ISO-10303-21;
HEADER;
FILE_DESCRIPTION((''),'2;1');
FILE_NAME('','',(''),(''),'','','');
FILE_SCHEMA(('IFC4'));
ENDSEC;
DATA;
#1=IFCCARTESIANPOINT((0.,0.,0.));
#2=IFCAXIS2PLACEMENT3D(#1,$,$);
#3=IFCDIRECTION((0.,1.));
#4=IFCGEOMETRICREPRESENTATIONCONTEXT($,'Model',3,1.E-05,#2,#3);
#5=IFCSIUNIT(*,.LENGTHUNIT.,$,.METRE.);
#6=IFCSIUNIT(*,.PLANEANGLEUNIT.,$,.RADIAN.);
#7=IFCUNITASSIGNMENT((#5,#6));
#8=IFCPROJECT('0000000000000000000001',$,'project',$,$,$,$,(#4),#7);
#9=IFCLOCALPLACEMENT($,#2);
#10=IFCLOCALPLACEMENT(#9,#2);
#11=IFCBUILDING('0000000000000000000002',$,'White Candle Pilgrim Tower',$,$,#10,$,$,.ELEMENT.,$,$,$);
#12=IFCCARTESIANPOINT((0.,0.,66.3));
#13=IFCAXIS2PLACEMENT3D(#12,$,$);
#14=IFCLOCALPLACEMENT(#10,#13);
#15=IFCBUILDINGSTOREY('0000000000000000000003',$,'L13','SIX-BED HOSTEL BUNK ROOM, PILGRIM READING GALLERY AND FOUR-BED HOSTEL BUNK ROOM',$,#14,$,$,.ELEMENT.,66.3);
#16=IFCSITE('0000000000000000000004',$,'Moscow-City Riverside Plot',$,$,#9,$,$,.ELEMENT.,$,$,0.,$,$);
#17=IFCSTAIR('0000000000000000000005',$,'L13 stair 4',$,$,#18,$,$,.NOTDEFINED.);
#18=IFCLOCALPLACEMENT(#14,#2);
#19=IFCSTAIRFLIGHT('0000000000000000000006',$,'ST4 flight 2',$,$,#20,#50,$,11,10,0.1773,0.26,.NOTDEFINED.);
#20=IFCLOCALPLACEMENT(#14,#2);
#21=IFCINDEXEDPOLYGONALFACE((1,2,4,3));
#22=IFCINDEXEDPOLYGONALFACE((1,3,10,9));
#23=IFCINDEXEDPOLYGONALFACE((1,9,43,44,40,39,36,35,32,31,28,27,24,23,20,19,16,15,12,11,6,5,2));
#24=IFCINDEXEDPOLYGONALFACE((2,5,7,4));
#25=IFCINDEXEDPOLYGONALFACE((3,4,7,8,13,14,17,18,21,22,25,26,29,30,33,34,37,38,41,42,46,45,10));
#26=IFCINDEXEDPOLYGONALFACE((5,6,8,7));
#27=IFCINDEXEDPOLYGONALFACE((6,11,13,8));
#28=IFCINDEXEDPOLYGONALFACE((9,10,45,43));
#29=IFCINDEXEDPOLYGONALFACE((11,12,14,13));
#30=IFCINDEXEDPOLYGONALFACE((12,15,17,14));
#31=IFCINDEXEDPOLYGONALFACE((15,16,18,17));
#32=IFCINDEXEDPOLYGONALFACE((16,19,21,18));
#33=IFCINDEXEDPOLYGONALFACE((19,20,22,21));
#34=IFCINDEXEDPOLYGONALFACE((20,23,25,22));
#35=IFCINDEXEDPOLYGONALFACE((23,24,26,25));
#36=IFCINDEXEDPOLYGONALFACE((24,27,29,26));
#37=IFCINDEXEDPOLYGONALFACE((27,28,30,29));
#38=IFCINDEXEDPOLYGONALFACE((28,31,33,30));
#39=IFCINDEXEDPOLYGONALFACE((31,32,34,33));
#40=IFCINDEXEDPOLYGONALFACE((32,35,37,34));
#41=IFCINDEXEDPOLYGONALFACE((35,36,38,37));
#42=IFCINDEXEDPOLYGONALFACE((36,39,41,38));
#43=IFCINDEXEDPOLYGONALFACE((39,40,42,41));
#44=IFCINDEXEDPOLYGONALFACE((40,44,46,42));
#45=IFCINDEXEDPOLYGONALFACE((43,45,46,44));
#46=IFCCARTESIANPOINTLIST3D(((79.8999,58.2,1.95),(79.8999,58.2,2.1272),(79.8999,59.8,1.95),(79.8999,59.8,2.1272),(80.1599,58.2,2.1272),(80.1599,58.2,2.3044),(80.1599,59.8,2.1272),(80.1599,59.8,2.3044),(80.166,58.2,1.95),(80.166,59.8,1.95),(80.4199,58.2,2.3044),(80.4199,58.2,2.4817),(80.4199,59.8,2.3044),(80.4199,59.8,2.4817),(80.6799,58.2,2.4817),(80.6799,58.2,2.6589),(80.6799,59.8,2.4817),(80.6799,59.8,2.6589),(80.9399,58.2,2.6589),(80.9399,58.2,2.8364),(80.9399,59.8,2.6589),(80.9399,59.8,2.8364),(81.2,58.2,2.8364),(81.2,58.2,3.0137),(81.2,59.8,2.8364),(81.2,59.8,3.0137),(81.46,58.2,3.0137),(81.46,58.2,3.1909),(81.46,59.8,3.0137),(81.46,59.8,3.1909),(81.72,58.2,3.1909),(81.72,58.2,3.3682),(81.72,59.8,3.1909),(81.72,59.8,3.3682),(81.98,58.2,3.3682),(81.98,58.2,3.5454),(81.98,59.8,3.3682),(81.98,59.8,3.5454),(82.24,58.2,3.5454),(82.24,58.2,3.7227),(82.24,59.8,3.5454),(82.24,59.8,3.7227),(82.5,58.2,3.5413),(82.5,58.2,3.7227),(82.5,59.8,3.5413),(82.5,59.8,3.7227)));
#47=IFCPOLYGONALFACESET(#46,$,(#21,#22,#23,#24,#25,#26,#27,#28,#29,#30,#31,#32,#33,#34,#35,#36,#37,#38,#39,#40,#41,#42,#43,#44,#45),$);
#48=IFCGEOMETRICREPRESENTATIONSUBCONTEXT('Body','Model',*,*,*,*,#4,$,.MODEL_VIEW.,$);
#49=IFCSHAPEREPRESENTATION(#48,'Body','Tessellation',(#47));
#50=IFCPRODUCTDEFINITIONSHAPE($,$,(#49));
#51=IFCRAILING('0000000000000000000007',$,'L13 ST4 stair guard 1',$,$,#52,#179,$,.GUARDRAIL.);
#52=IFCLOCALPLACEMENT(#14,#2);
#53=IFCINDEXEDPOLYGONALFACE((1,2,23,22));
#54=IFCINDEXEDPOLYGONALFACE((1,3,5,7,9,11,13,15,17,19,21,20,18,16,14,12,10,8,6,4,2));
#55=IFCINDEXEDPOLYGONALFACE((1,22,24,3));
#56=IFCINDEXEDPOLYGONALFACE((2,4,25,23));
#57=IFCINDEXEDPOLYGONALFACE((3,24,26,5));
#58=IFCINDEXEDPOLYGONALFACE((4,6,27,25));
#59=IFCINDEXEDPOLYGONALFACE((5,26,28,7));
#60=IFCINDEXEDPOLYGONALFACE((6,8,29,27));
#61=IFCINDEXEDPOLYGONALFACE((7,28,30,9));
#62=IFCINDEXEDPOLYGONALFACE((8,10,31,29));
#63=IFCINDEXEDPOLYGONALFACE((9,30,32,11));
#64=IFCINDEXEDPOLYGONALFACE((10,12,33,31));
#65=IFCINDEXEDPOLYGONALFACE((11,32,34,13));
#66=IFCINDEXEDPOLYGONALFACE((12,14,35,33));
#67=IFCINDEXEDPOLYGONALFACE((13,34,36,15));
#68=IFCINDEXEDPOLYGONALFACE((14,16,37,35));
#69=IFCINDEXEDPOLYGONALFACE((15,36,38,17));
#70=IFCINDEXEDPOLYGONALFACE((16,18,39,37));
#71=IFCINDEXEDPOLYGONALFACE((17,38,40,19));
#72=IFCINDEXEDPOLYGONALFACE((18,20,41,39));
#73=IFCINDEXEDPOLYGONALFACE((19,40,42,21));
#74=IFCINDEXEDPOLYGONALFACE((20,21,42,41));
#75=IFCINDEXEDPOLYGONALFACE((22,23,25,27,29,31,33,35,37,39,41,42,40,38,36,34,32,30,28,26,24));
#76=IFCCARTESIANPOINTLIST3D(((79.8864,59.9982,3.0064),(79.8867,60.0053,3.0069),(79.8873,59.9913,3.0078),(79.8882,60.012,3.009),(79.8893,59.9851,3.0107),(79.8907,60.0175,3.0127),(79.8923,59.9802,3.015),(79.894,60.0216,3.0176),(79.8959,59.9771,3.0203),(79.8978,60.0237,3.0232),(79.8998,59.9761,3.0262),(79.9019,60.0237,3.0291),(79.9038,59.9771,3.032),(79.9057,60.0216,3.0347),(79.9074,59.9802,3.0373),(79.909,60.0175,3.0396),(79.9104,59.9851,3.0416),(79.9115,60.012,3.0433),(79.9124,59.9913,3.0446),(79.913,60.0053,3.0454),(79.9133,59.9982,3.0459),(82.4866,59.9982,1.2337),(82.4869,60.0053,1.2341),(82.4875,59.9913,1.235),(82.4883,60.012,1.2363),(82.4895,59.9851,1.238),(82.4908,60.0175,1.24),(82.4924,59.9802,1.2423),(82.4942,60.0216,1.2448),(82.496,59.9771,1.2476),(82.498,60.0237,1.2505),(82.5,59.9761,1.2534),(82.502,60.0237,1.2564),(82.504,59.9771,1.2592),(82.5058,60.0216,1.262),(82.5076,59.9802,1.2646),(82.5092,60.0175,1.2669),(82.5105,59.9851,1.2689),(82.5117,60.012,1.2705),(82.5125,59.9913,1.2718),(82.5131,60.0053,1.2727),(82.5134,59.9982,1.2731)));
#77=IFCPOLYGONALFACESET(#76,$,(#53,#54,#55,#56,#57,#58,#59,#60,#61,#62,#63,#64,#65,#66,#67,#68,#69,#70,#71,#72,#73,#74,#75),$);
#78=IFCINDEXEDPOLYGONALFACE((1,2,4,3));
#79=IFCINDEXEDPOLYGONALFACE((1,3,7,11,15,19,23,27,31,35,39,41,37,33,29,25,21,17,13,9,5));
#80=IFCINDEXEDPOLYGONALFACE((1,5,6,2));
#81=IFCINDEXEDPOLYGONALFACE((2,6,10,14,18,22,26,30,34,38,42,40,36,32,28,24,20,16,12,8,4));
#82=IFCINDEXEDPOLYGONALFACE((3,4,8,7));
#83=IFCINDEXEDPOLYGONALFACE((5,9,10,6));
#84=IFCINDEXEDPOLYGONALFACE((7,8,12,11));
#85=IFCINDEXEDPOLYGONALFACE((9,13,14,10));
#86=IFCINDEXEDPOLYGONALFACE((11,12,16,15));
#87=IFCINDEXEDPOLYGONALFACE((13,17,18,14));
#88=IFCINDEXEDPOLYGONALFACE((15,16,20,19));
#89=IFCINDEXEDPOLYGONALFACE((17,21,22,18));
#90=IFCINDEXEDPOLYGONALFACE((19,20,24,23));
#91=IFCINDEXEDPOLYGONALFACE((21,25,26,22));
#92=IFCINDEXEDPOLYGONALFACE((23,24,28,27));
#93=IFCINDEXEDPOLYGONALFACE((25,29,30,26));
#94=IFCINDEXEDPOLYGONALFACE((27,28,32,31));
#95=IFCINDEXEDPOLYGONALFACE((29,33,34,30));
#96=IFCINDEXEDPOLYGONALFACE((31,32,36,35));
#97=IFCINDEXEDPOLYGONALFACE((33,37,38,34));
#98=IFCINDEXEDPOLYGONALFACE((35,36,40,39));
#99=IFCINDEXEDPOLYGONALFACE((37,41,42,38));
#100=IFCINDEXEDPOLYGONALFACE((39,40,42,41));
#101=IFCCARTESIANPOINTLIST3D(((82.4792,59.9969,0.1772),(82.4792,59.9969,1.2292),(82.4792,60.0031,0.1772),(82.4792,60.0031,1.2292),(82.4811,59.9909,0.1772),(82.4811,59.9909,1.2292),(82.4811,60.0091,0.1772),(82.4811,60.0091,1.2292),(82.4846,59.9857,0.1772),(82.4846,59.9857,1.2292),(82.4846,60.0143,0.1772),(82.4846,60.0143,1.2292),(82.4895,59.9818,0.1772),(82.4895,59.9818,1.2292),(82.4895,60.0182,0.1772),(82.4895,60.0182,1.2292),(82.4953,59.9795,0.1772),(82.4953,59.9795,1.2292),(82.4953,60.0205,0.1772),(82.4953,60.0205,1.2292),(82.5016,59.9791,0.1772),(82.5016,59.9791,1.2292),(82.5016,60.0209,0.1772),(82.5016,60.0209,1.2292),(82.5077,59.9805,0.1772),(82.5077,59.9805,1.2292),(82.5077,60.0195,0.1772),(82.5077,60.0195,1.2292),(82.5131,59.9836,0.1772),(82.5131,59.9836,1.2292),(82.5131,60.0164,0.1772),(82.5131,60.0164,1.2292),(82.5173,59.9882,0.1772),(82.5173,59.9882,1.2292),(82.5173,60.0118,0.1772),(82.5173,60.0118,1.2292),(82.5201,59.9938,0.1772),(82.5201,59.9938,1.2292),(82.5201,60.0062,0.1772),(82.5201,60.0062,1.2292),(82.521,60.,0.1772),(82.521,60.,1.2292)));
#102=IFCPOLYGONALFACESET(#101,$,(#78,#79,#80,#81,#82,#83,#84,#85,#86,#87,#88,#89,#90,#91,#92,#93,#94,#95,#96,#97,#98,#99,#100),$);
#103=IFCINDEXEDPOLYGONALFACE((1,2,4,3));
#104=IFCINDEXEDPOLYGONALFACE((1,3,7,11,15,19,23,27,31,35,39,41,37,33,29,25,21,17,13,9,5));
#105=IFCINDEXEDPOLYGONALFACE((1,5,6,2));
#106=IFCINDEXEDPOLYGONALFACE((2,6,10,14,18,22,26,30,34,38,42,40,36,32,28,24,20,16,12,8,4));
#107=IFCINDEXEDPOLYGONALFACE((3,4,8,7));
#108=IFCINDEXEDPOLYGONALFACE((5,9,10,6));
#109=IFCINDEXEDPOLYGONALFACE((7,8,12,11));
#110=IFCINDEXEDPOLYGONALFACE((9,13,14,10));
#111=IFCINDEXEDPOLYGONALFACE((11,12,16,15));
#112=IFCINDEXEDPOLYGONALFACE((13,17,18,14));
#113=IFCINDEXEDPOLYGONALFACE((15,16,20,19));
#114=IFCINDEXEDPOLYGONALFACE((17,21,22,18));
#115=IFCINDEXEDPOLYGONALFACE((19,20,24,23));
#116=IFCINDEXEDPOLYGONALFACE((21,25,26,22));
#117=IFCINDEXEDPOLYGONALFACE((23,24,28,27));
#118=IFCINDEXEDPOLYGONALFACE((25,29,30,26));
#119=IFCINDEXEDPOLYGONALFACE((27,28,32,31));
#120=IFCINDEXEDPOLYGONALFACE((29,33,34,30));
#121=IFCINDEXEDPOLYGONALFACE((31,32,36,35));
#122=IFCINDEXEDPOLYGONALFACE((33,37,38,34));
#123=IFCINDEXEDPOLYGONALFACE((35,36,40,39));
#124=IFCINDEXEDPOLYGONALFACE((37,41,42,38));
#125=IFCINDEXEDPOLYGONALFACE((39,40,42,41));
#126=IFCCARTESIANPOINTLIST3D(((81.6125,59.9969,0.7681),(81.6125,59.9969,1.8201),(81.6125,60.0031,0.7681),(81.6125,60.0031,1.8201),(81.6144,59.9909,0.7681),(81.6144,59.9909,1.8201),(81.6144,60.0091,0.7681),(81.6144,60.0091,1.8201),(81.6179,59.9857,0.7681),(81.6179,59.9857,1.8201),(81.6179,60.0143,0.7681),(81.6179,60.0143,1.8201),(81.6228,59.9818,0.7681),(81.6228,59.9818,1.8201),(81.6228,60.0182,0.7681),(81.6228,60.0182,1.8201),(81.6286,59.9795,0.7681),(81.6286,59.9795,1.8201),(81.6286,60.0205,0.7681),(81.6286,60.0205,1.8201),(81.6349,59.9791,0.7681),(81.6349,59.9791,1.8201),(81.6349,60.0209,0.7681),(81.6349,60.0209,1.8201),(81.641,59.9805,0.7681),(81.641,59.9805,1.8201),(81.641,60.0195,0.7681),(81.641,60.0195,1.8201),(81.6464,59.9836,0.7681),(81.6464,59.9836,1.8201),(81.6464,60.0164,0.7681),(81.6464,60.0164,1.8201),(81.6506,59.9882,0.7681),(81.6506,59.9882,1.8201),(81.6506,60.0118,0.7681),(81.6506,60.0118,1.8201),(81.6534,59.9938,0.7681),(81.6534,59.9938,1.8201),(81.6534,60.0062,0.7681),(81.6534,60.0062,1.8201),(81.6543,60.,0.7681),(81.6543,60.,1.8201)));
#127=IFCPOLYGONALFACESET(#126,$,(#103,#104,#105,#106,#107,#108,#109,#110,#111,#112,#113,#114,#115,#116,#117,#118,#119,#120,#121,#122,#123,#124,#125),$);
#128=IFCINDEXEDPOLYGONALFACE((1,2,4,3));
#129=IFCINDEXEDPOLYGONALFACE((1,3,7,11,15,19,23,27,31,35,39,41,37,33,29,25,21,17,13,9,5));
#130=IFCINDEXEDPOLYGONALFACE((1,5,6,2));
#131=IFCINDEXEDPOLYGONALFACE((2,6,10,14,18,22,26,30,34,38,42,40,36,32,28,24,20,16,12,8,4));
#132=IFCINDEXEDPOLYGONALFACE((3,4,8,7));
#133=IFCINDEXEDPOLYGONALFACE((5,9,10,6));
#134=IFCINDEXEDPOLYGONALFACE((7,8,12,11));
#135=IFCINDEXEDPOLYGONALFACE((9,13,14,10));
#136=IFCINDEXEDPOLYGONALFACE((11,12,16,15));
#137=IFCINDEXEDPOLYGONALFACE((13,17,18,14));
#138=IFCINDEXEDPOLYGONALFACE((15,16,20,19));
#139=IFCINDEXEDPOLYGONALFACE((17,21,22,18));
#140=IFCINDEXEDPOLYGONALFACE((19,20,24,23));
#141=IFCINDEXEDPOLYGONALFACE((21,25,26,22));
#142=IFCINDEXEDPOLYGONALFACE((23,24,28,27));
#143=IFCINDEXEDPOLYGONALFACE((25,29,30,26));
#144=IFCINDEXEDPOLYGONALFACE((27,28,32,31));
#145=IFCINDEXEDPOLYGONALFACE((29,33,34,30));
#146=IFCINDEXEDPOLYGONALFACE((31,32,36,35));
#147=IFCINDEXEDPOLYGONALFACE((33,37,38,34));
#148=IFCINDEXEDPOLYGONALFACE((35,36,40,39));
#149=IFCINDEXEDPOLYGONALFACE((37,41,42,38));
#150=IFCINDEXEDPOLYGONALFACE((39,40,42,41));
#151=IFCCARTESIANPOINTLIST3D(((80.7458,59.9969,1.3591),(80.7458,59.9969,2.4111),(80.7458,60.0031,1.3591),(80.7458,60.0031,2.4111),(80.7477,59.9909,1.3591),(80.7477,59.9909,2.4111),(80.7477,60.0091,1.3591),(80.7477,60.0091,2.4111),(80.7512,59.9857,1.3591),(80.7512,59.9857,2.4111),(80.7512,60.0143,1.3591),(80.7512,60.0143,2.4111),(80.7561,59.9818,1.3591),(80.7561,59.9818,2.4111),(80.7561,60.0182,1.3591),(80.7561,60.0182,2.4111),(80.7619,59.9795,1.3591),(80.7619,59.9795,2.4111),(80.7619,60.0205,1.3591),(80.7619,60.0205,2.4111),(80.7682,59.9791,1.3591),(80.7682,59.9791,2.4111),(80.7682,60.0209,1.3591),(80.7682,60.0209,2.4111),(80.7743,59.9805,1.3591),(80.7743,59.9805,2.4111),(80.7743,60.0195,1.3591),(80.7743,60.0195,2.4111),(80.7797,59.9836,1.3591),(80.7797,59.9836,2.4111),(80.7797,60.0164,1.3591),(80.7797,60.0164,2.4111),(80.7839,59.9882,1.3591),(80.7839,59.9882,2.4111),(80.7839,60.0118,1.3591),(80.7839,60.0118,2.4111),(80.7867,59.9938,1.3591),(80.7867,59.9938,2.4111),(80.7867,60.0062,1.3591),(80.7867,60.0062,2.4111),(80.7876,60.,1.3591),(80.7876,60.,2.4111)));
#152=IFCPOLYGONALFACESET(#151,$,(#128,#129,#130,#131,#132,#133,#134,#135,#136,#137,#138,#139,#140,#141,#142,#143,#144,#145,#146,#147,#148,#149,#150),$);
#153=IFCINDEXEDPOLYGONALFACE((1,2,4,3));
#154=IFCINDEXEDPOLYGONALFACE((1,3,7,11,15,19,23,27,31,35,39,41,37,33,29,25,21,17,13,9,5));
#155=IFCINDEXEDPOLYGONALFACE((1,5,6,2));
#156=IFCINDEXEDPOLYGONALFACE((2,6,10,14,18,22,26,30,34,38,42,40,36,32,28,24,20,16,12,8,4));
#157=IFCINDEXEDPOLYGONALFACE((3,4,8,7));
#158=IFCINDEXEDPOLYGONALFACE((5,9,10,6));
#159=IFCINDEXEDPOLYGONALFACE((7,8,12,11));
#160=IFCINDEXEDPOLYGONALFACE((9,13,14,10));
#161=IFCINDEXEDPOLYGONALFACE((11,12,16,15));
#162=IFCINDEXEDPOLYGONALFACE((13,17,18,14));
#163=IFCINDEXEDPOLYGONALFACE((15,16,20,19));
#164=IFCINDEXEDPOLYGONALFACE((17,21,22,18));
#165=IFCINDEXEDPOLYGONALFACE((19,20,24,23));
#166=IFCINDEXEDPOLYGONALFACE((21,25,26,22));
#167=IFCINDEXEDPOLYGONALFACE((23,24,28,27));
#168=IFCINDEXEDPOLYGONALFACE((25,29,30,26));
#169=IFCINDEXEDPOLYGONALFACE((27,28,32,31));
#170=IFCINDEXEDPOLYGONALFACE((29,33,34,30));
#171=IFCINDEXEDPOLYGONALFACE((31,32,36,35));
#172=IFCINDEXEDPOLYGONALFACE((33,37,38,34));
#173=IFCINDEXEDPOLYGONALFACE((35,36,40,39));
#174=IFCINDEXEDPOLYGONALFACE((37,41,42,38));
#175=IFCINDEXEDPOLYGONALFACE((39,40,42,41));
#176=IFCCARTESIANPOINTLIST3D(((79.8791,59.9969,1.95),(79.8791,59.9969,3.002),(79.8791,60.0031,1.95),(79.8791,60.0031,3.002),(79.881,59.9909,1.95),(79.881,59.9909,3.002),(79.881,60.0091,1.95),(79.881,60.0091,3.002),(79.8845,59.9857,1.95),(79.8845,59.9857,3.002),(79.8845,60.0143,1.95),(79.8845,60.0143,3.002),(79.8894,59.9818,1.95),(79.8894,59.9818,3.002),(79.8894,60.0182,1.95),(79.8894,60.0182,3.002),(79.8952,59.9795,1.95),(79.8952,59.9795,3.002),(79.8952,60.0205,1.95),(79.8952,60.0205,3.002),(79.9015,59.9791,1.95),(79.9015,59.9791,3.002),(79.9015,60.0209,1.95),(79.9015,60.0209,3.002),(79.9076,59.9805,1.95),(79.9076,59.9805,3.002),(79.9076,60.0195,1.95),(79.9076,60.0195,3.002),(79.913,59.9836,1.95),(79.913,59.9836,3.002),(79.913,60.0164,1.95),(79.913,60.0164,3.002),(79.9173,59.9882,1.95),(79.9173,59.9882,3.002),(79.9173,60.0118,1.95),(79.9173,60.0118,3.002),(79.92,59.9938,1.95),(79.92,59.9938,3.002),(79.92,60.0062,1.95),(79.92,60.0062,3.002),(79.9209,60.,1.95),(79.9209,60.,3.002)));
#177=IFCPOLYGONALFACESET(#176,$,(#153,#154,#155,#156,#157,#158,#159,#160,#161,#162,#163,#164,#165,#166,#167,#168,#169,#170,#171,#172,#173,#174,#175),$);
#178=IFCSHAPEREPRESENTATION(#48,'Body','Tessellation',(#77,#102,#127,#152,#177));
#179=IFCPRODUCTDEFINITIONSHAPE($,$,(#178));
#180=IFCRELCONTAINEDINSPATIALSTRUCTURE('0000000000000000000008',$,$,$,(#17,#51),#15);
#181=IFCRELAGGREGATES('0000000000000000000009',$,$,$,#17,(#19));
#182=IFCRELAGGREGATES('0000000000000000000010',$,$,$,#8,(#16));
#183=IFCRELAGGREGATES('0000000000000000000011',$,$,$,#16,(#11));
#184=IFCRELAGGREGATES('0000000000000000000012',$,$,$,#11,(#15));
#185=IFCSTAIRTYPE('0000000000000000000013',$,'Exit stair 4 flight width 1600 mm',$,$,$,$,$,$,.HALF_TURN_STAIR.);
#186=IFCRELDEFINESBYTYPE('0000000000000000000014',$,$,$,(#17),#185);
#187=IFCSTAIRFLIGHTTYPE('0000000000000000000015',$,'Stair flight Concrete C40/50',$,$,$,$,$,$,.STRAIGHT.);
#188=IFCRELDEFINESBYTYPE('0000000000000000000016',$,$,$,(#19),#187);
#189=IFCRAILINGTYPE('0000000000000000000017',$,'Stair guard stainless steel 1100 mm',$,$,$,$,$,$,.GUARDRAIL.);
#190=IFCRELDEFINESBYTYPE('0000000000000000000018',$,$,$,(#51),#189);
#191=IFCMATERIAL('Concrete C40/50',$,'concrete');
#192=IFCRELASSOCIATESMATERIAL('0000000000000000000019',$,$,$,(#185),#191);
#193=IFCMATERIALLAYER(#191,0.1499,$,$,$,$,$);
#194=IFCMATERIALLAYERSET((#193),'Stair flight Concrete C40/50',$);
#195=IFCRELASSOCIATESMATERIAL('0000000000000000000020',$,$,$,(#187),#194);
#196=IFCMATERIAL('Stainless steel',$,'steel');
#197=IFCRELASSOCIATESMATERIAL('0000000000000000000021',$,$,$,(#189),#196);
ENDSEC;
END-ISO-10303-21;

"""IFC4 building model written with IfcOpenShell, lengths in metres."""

from ifc_helpers import new_model, si_unit, direction, frame, origin, origin_2d, place, context, subcontext, project, spatial, polyline, circle, outline, extrude, material, layer, layer_set, type_object, element, aggregate, save


model = new_model("IFC4")

# Units and contexts
model_context = context("Model", 3, precision=1e-05, world=origin(), true_north=direction((0.0, 1.0)))
body_context = subcontext(model_context, "Body", "Model", "MODEL_VIEW")
ifc_project = project(units=[si_unit("LENGTHUNIT", "METRE"), si_unit("PLANEANGLEUNIT", "RADIAN")], contexts=[model_context])

# Site, building, storey
site_placement = place(None, origin())
site = spatial("IfcSite", under=ifc_project, at=site_placement, Name="Moscow-City Riverside Plot", CompositionType="ELEMENT", RefElevation=0.0)
building_placement = place(site_placement, origin())
building = spatial("IfcBuilding", under=site, at=building_placement, Name="White Candle Pilgrim Tower", CompositionType="ELEMENT")
storey_placement = place(building_placement, frame((0.0, 0.0, 66.3)))
storey = spatial("IfcBuildingStorey", under=building, at=storey_placement, Name="L13", Description="SIX-BED HOSTEL BUNK ROOM, PILGRIM READING GALLERY AND FOUR-BED HOSTEL BUNK ROOM", CompositionType="ELEMENT", Elevation=66.3)

# Stair, stair flight
ifc_material_1 = material(Name="Concrete C40/50", Category="concrete")
stair_type = type_object("IfcStairType", Name="Exit stair 4 flight width 1600 mm", PredefinedType="HALF_TURN_STAIR", material=ifc_material_1)
stair_placement = place(storey_placement, origin())
stair = element("IfcStair", 1, at=stair_placement, inside=storey, type_object=stair_type, Name="L13 stair 4", PredefinedType="NOTDEFINED")
ifc_layer_1 = layer(ifc_material_1, 0.1499)
ifc_layer_set_1 = layer_set([ifc_layer_1], Name="Stair flight Concrete C40/50")
stair_flight_type = type_object("IfcStairFlightType", Name="Stair flight Concrete C40/50", PredefinedType="STRAIGHT", material=ifc_layer_set_1)
stair_flight_placement = place(storey_placement, frame((79.8999, 59.0, 1.95), z_axis=(0.0, 0.0, 1.0), x_axis=(1.0, 0.0, 0.0)))
stair_flight = element("IfcStairFlight", 2, at=stair_flight_placement, type_object=stair_flight_type, Name="ST4 flight 2", NumberOfRisers=11, NumberOfTreads=10, PredefinedType="NOTDEFINED", RiserHeight=0.1773, TreadLength=0.26, context=body_context, shape_type="SweptSolid", body=[
    extrude(outline(polyline([(0.0, 0.0), (0.0, 0.1772), (0.26, 0.1772), (0.26, 0.3545), (0.52, 0.3545), (0.52, 0.5317), (0.78, 0.5317), (0.78, 0.709), (1.04, 0.709), (1.04, 0.8865), (1.3, 0.8865), (1.3, 1.0637), (1.5601, 1.0637), (1.5601, 1.241), (1.8201, 1.241), (1.8201, 1.4182), (2.0801, 1.4182), (2.0801, 1.5955), (2.3401, 1.5955), (2.3401, 1.7727), (2.6001, 1.7727), (2.6001, 1.95), (2.6001, 1.5913), (0.2661, 0.0), (0.0, 0.0)])), frame((0.0, 0.8, 0.0), z_axis=(0.0, -1.0, 0.0), x_axis=(1.0, 0.0, 0.0)), (0.0, 0.0, 1.0), 1.6001),
])
aggregate(stair, [stair_flight])

# Railing
ifc_material_2 = material(Name="Stainless steel", Category="steel")
railing_type_1 = type_object("IfcRailingType", Name="Stair guard stainless steel 1100 mm", PredefinedType="GUARDRAIL", material=ifc_material_2)
railing_1_placement = place(storey_placement, frame((82.5, 60.0, 0.1772)))
element("IfcRailing", 3, at=railing_1_placement, inside=storey, type_object=railing_type_1, Name="L13 ST4 stair guard 1", PredefinedType="GUARDRAIL", context=body_context, shape_type="SweptSolid", body=[
    extrude(circle(Radius=0.0239, at=origin_2d()), frame((0.0, 0.0, 1.0762), z_axis=(-0.82624, 0.0, 0.563318), x_axis=(0.0, -1.0, 0.0)), (0.0, 0.0, 1.0), 3.147),
    extrude(circle(Radius=0.021, at=origin_2d()), origin(), (0.0, 0.0, 1.0), 1.052),
    extrude(circle(Radius=0.021, at=origin_2d()), frame((-0.8667, 0.0, 0.5908)), (0.0, 0.0, 1.0), 1.052),
    extrude(circle(Radius=0.021, at=origin_2d()), frame((-1.7334, 0.0, 1.1819)), (0.0, 0.0, 1.0), 1.052),
    extrude(circle(Radius=0.021, at=origin_2d()), frame((-2.6001, 0.0, 1.7727)), (0.0, 0.0, 1.0), 1.052),
])

save(model, "model.ifc")
